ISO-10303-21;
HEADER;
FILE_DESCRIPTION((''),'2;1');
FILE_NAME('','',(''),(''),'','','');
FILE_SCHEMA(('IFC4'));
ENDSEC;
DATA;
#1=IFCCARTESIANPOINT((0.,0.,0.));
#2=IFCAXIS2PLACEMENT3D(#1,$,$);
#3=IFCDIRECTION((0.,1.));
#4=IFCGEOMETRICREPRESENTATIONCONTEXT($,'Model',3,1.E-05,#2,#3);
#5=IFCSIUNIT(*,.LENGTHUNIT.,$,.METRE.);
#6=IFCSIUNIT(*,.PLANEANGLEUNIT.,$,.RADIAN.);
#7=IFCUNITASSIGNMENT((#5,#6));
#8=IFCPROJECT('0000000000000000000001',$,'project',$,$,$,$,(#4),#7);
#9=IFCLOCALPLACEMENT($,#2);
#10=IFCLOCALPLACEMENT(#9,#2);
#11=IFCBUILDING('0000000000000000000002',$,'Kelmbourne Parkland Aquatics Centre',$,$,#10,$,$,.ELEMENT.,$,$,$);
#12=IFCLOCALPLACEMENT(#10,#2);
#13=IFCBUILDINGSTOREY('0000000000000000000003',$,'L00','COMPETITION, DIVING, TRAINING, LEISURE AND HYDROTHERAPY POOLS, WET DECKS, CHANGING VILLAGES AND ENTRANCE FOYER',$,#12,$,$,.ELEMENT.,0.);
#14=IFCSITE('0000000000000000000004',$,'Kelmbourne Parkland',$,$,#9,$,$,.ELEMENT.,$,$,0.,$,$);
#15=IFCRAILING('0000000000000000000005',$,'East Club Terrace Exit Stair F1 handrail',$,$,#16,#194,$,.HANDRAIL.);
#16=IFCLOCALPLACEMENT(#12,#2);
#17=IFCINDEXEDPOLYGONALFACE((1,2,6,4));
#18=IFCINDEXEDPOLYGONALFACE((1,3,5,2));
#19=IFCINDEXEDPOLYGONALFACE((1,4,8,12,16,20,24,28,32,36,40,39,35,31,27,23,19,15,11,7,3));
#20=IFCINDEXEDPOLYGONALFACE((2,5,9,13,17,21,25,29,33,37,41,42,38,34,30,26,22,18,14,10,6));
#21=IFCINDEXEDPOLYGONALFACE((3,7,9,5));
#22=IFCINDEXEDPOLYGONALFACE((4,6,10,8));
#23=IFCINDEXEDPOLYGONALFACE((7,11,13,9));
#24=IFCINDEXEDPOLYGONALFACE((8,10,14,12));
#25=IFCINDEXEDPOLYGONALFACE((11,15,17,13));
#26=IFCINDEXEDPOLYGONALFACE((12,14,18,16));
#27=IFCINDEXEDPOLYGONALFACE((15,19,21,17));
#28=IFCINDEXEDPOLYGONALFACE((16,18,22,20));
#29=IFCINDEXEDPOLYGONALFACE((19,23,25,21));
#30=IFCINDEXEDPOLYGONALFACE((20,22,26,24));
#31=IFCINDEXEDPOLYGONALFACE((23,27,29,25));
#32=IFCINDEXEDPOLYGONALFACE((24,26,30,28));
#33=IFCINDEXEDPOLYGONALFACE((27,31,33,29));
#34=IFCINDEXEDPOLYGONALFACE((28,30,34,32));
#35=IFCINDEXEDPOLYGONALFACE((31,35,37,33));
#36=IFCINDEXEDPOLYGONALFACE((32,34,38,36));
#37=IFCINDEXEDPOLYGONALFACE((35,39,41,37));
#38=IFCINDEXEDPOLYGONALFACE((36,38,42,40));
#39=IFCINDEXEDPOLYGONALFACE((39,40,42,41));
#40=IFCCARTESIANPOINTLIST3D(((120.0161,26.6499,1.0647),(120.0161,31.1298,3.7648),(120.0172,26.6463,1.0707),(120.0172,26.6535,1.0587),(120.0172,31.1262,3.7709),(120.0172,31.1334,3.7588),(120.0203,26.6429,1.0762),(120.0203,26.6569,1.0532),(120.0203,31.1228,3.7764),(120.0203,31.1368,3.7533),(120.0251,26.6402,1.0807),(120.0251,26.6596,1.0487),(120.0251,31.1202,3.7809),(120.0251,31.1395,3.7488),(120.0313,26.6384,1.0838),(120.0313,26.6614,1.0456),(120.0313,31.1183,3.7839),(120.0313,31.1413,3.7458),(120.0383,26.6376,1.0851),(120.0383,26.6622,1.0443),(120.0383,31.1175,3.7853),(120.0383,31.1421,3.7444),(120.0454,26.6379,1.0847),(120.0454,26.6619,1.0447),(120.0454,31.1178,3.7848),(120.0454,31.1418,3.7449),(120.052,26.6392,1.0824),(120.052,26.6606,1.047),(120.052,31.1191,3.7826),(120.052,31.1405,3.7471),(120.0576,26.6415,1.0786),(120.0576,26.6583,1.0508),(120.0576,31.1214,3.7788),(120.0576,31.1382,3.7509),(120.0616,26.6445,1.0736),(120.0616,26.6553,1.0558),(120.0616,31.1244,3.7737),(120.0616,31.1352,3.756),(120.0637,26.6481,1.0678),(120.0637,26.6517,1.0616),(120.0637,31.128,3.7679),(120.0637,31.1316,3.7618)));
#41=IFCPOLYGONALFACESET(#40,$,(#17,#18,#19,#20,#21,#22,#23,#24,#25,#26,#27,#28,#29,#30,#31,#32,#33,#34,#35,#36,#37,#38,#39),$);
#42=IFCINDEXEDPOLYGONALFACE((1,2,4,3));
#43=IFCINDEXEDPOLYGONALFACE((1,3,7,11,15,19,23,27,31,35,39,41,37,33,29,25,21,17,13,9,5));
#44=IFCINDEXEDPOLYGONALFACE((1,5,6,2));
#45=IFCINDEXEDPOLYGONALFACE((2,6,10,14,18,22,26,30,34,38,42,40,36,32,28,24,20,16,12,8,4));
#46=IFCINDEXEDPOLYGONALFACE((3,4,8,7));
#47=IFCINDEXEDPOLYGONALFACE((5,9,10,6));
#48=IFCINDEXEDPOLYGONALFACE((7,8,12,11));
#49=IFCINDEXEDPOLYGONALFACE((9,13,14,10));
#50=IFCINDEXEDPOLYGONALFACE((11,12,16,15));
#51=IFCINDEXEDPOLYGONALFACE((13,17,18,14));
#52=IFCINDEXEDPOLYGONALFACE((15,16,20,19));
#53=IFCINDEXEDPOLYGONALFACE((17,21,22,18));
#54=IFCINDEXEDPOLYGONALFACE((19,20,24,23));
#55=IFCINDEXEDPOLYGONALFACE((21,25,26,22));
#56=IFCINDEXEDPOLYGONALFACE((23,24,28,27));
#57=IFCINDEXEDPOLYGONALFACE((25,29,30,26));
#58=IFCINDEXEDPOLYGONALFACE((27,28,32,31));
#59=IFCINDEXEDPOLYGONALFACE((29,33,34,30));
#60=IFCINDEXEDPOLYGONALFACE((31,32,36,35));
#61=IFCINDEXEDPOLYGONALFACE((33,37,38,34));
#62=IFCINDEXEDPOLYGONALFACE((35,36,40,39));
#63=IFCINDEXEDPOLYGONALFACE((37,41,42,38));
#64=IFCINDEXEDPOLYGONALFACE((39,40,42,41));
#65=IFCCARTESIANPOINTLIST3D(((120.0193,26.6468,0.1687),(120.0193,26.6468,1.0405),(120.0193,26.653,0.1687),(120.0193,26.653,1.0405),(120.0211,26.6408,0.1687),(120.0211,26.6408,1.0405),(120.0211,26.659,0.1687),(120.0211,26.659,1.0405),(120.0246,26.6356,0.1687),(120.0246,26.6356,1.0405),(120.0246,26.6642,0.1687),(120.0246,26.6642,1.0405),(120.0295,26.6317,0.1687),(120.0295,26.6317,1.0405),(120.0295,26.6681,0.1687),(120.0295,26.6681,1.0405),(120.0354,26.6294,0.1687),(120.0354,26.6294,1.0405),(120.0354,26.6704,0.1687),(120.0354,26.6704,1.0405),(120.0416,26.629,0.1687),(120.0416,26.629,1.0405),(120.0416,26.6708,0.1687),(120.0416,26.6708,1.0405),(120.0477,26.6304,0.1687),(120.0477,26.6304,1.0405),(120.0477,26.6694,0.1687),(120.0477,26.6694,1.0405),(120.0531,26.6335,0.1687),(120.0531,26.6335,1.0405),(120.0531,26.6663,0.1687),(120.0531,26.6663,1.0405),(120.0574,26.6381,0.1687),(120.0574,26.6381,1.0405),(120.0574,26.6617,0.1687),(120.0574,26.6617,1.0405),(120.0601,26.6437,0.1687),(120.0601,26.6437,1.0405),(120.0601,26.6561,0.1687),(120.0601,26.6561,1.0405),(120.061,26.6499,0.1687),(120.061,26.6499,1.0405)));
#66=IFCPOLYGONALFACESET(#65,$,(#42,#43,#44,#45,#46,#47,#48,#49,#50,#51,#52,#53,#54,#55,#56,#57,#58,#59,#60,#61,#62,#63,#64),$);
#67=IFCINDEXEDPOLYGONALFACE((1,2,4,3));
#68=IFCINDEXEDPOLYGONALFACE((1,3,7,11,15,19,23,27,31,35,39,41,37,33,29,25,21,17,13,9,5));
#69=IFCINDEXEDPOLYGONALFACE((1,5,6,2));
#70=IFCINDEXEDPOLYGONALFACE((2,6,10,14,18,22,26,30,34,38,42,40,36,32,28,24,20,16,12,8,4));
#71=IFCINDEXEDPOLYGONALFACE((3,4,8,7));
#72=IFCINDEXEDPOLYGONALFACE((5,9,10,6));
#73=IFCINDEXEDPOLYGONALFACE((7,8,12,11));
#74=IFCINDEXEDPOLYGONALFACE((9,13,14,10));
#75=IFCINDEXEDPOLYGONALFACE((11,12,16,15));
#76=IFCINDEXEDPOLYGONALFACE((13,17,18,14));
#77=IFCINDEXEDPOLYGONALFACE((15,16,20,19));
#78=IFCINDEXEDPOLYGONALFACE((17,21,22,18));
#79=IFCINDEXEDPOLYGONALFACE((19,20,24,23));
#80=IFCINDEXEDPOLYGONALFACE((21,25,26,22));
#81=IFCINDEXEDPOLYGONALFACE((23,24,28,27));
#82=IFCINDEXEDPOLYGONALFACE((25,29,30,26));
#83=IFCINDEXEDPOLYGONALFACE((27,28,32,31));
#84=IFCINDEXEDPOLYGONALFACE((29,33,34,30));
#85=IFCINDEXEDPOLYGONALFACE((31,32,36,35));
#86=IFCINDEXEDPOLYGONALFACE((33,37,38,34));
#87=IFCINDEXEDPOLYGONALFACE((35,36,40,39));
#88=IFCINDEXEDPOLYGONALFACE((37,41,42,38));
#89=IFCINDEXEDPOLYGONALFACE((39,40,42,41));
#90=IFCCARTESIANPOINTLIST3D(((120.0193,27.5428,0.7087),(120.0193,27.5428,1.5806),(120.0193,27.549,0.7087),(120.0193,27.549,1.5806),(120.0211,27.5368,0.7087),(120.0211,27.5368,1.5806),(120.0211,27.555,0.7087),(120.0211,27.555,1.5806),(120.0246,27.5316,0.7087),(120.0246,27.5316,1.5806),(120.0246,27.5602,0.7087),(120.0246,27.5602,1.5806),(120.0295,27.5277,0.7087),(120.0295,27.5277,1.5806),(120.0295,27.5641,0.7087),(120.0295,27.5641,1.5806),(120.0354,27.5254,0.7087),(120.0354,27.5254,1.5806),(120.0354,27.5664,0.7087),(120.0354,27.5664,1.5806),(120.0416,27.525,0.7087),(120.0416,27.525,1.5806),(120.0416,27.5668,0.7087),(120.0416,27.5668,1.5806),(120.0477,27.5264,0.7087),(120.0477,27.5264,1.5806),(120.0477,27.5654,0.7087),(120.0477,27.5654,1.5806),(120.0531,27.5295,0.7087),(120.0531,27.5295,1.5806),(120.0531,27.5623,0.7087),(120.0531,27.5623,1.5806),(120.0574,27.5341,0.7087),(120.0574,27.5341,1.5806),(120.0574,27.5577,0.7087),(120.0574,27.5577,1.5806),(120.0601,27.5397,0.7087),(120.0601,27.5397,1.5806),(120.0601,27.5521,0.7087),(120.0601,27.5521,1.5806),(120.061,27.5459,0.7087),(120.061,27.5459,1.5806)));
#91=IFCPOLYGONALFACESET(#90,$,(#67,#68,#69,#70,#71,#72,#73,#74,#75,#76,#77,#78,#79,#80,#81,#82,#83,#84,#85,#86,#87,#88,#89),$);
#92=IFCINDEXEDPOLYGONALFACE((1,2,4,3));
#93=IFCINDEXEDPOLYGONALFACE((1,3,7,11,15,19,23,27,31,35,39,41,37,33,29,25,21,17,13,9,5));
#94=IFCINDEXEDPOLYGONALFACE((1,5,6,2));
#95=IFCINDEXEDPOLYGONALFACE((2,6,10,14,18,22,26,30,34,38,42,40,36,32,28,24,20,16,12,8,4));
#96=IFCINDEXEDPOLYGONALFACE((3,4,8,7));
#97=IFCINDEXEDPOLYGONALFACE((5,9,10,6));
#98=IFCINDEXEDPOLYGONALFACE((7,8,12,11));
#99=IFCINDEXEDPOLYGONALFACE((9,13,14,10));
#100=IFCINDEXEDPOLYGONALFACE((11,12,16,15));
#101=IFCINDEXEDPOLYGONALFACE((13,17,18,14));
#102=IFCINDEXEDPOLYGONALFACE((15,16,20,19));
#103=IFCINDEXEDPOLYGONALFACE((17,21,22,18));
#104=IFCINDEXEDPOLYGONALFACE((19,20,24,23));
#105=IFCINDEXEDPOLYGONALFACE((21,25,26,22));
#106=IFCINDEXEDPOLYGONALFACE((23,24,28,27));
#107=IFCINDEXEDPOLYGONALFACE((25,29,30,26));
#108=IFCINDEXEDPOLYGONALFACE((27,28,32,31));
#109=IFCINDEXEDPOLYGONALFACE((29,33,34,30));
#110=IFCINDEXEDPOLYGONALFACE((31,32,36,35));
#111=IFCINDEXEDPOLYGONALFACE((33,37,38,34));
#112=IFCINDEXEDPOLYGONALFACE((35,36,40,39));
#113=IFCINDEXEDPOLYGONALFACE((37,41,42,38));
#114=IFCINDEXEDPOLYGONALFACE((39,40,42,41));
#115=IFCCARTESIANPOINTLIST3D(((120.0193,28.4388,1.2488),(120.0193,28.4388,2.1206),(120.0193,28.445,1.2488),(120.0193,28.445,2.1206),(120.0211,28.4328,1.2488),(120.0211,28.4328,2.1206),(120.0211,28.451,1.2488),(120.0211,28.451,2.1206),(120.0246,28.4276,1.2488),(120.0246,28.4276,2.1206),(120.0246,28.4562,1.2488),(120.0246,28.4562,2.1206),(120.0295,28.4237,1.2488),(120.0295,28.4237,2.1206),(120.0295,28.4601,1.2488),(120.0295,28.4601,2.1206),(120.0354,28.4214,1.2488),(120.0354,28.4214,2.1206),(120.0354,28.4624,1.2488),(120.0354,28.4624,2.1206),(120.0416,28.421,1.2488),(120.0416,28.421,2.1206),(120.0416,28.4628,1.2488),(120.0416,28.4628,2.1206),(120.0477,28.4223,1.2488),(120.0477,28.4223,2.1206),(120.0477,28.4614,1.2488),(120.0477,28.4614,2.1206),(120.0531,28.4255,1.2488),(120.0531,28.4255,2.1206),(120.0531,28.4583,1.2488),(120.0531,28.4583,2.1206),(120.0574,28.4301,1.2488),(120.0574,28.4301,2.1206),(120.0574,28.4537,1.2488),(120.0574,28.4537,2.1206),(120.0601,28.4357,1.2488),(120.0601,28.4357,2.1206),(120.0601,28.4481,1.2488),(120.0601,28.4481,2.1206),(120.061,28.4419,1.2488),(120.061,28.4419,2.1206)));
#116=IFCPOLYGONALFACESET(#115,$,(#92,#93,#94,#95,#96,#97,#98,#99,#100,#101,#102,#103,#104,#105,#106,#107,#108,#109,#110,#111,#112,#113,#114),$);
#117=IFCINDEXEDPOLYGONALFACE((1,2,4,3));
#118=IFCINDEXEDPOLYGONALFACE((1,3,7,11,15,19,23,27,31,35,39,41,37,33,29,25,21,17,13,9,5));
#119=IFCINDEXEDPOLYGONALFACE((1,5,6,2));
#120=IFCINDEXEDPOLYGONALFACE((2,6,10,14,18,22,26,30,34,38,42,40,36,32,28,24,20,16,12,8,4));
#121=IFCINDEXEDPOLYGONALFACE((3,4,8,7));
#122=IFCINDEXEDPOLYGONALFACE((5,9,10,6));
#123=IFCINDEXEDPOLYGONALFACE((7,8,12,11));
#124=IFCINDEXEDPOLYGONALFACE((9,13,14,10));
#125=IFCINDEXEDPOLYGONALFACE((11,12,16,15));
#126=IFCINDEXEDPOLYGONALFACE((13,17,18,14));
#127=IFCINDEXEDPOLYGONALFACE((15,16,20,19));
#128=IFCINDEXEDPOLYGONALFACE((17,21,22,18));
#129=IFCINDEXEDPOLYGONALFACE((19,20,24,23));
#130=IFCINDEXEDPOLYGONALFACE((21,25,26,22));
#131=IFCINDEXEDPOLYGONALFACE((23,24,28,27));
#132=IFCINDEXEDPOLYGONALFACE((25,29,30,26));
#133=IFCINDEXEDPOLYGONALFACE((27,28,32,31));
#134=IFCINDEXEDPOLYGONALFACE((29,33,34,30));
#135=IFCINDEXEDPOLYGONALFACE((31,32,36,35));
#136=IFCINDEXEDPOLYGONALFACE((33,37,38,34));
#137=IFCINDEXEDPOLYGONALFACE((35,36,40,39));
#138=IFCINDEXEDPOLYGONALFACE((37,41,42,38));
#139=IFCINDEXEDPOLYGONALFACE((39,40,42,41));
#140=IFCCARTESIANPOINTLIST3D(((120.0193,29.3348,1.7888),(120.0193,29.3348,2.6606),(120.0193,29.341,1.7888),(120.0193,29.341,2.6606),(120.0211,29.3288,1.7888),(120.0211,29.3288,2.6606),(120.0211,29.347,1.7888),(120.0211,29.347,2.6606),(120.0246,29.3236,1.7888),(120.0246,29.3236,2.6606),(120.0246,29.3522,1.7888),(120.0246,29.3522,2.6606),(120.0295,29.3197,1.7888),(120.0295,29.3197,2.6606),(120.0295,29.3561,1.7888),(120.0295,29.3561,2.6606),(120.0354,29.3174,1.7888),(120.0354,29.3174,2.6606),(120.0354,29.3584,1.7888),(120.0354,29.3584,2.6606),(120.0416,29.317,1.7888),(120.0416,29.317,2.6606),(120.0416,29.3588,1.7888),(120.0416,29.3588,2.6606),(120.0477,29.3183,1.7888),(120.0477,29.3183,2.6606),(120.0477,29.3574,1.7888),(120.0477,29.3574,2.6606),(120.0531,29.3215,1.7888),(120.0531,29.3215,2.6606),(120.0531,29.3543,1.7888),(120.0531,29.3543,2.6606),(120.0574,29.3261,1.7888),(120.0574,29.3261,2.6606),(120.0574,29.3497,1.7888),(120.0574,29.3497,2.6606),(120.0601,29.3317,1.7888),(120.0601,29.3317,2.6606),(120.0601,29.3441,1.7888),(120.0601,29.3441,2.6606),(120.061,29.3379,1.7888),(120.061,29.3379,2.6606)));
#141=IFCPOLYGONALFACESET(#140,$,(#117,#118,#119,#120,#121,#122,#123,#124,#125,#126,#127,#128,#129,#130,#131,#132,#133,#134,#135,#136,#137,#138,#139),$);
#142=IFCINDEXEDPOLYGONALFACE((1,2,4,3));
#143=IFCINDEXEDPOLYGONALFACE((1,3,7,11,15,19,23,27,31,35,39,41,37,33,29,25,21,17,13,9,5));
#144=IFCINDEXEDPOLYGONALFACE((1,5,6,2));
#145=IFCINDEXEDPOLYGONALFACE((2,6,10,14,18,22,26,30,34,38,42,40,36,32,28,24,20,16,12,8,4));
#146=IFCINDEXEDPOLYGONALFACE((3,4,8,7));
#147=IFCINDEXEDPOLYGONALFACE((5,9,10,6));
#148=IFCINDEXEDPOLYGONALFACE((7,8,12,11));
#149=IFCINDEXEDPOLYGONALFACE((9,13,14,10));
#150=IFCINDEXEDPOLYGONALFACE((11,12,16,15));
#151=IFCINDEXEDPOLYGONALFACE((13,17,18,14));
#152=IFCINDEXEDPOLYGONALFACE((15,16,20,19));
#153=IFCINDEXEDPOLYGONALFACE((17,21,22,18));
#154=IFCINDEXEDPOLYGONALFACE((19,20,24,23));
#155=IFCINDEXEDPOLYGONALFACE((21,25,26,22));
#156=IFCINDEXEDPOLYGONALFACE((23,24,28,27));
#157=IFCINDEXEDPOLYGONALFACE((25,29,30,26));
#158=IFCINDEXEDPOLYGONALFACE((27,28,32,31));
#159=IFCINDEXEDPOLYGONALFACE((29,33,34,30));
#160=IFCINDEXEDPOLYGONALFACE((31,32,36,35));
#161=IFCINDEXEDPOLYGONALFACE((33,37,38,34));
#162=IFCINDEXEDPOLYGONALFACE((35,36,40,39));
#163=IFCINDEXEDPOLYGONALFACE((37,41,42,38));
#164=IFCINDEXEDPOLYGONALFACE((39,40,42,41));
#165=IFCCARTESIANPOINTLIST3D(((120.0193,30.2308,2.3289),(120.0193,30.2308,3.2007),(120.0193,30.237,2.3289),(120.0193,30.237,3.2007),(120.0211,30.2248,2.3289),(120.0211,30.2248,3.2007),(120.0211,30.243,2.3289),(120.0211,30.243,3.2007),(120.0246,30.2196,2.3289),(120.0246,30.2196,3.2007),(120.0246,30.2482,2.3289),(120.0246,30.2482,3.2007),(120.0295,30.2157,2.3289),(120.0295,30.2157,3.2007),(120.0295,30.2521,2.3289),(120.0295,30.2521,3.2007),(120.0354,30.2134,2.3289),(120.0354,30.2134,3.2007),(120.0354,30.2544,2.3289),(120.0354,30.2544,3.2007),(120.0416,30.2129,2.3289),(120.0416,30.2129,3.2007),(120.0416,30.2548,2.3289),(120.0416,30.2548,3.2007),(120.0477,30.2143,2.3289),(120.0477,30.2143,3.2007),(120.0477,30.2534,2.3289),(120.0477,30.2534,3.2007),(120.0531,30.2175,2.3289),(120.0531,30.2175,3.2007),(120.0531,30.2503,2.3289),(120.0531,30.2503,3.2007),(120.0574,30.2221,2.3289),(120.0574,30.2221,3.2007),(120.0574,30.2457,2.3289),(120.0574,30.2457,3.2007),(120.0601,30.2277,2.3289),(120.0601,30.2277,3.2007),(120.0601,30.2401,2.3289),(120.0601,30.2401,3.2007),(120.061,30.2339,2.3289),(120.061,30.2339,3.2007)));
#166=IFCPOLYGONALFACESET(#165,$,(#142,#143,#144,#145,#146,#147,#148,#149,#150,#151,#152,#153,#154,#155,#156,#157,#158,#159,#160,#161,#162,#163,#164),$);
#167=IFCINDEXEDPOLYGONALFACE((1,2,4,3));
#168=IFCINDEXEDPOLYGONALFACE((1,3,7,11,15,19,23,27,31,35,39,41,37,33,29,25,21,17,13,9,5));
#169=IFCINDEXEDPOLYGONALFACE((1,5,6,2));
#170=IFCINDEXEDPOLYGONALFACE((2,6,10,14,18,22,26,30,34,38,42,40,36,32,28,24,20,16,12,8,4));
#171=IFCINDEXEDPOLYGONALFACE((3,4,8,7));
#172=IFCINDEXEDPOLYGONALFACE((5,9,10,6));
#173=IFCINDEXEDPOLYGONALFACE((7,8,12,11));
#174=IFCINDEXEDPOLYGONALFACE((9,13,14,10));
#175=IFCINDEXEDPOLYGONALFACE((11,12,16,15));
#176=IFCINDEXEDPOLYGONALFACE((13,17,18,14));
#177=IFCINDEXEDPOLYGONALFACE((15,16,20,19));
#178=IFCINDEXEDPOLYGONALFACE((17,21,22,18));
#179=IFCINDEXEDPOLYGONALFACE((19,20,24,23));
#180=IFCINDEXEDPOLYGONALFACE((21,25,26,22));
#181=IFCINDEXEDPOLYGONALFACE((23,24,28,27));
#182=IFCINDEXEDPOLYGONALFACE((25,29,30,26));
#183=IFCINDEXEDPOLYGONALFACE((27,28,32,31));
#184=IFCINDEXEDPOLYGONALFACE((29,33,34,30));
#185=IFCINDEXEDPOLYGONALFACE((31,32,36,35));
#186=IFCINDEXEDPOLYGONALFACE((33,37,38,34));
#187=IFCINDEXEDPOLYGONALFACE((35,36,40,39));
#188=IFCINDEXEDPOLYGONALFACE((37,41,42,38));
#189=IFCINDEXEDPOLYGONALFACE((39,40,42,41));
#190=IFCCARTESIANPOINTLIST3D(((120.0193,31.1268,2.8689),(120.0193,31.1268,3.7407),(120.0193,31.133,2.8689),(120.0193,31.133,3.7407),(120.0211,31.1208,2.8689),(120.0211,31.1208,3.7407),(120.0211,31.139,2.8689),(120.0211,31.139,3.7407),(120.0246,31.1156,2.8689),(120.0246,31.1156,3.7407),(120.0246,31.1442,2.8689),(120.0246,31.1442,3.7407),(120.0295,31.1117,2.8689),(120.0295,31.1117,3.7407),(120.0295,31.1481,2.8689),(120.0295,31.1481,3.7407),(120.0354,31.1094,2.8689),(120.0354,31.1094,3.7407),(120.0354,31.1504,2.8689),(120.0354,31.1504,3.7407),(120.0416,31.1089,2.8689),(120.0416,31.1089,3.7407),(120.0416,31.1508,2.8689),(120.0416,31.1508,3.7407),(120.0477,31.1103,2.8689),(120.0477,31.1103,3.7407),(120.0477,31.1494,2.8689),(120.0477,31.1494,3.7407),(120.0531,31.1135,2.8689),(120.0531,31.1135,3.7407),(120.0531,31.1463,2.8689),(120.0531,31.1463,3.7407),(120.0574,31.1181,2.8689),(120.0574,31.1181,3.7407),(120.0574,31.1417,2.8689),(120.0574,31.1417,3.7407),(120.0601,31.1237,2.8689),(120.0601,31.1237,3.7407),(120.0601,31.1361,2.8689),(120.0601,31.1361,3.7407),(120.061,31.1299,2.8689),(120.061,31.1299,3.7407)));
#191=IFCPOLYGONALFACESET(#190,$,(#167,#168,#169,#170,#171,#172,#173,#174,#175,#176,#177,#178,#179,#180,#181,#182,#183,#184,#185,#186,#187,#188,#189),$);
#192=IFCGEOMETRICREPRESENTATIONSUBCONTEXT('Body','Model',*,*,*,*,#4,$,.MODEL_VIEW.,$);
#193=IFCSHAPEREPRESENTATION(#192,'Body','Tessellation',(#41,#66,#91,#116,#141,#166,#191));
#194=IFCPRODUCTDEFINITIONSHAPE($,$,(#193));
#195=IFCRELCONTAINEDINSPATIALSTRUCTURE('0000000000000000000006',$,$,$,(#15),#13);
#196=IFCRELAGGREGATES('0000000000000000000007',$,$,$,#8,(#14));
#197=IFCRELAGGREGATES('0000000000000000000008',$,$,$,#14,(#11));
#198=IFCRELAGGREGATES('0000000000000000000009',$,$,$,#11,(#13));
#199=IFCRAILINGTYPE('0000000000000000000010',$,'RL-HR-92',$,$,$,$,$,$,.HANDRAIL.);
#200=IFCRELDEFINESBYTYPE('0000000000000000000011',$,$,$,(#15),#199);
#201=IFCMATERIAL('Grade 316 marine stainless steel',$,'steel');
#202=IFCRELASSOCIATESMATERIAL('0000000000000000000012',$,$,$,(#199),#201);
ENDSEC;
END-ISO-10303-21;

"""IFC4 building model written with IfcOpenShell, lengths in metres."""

from ifc_helpers import new_model, si_unit, direction, frame, origin, origin_2d, place, context, subcontext, project, spatial, circle, extrude, material, type_object, element, save


model = new_model("IFC4")

# Units and contexts
model_context = context("Model", 3, precision=1e-05, world=origin(), true_north=direction((0.0, 1.0)))
body_context = subcontext(model_context, "Body", "Model", "MODEL_VIEW")
ifc_project = project(units=[si_unit("LENGTHUNIT", "METRE"), si_unit("PLANEANGLEUNIT", "RADIAN")], contexts=[model_context])

# Site, building, storey
site_placement = place(None, origin())
site = spatial("IfcSite", under=ifc_project, at=site_placement, Name="Kelmbourne Parkland", CompositionType="ELEMENT", RefElevation=0.0)
building_placement = place(site_placement, origin())
building = spatial("IfcBuilding", under=site, at=building_placement, Name="Kelmbourne Parkland Aquatics Centre", CompositionType="ELEMENT")
storey_placement = place(building_placement, origin())
storey = spatial("IfcBuildingStorey", under=building, at=storey_placement, Name="L00", Description="COMPETITION, DIVING, TRAINING, LEISURE AND HYDROTHERAPY POOLS, WET DECKS, CHANGING VILLAGES AND ENTRANCE FOYER", CompositionType="ELEMENT", Elevation=0.0)

# Railing
ifc_material_1 = material(Name="Grade 316 marine stainless steel", Category="steel")
railing_type_1 = type_object("IfcRailingType", Name="RL-HR-92", PredefinedType="HANDRAIL", material=ifc_material_1)
railing_1_placement = place(storey_placement, frame((120.04, 26.6499, 0.1687)))
element("IfcRailing", 1, at=railing_1_placement, inside=storey, type_object=railing_type_1, Name="East Club Terrace Exit Stair F1 handrail", PredefinedType="HANDRAIL", context=body_context, shape_type="SweptSolid", body=[
    extrude(circle(Radius=0.0239, at=origin_2d()), frame((0.0, 0.0, 0.896), z_axis=(0.0, 0.856462, 0.516211), x_axis=(-1.0, 0.0, 0.0)), (0.0, 0.0, 1.0), 5.2307),
    extrude(circle(Radius=0.021, at=origin_2d()), origin(), (0.0, 0.0, 1.0), 0.8718),
    extrude(circle(Radius=0.021, at=origin_2d()), frame((0.0, 0.896, 0.54)), (0.0, 0.0, 1.0), 0.8718),
    extrude(circle(Radius=0.021, at=origin_2d()), frame((0.0, 1.792, 1.0801)), (0.0, 0.0, 1.0), 0.8718),
    extrude(circle(Radius=0.021, at=origin_2d()), frame((0.0, 2.688, 1.6201)), (0.0, 0.0, 1.0), 0.8718),
    extrude(circle(Radius=0.021, at=origin_2d()), frame((0.0, 3.584, 2.1602)), (0.0, 0.0, 1.0), 0.8718),
    extrude(circle(Radius=0.021, at=origin_2d()), frame((0.0, 4.48, 2.7002)), (0.0, 0.0, 1.0), 0.8718),
])

save(model, "model.ifc")
